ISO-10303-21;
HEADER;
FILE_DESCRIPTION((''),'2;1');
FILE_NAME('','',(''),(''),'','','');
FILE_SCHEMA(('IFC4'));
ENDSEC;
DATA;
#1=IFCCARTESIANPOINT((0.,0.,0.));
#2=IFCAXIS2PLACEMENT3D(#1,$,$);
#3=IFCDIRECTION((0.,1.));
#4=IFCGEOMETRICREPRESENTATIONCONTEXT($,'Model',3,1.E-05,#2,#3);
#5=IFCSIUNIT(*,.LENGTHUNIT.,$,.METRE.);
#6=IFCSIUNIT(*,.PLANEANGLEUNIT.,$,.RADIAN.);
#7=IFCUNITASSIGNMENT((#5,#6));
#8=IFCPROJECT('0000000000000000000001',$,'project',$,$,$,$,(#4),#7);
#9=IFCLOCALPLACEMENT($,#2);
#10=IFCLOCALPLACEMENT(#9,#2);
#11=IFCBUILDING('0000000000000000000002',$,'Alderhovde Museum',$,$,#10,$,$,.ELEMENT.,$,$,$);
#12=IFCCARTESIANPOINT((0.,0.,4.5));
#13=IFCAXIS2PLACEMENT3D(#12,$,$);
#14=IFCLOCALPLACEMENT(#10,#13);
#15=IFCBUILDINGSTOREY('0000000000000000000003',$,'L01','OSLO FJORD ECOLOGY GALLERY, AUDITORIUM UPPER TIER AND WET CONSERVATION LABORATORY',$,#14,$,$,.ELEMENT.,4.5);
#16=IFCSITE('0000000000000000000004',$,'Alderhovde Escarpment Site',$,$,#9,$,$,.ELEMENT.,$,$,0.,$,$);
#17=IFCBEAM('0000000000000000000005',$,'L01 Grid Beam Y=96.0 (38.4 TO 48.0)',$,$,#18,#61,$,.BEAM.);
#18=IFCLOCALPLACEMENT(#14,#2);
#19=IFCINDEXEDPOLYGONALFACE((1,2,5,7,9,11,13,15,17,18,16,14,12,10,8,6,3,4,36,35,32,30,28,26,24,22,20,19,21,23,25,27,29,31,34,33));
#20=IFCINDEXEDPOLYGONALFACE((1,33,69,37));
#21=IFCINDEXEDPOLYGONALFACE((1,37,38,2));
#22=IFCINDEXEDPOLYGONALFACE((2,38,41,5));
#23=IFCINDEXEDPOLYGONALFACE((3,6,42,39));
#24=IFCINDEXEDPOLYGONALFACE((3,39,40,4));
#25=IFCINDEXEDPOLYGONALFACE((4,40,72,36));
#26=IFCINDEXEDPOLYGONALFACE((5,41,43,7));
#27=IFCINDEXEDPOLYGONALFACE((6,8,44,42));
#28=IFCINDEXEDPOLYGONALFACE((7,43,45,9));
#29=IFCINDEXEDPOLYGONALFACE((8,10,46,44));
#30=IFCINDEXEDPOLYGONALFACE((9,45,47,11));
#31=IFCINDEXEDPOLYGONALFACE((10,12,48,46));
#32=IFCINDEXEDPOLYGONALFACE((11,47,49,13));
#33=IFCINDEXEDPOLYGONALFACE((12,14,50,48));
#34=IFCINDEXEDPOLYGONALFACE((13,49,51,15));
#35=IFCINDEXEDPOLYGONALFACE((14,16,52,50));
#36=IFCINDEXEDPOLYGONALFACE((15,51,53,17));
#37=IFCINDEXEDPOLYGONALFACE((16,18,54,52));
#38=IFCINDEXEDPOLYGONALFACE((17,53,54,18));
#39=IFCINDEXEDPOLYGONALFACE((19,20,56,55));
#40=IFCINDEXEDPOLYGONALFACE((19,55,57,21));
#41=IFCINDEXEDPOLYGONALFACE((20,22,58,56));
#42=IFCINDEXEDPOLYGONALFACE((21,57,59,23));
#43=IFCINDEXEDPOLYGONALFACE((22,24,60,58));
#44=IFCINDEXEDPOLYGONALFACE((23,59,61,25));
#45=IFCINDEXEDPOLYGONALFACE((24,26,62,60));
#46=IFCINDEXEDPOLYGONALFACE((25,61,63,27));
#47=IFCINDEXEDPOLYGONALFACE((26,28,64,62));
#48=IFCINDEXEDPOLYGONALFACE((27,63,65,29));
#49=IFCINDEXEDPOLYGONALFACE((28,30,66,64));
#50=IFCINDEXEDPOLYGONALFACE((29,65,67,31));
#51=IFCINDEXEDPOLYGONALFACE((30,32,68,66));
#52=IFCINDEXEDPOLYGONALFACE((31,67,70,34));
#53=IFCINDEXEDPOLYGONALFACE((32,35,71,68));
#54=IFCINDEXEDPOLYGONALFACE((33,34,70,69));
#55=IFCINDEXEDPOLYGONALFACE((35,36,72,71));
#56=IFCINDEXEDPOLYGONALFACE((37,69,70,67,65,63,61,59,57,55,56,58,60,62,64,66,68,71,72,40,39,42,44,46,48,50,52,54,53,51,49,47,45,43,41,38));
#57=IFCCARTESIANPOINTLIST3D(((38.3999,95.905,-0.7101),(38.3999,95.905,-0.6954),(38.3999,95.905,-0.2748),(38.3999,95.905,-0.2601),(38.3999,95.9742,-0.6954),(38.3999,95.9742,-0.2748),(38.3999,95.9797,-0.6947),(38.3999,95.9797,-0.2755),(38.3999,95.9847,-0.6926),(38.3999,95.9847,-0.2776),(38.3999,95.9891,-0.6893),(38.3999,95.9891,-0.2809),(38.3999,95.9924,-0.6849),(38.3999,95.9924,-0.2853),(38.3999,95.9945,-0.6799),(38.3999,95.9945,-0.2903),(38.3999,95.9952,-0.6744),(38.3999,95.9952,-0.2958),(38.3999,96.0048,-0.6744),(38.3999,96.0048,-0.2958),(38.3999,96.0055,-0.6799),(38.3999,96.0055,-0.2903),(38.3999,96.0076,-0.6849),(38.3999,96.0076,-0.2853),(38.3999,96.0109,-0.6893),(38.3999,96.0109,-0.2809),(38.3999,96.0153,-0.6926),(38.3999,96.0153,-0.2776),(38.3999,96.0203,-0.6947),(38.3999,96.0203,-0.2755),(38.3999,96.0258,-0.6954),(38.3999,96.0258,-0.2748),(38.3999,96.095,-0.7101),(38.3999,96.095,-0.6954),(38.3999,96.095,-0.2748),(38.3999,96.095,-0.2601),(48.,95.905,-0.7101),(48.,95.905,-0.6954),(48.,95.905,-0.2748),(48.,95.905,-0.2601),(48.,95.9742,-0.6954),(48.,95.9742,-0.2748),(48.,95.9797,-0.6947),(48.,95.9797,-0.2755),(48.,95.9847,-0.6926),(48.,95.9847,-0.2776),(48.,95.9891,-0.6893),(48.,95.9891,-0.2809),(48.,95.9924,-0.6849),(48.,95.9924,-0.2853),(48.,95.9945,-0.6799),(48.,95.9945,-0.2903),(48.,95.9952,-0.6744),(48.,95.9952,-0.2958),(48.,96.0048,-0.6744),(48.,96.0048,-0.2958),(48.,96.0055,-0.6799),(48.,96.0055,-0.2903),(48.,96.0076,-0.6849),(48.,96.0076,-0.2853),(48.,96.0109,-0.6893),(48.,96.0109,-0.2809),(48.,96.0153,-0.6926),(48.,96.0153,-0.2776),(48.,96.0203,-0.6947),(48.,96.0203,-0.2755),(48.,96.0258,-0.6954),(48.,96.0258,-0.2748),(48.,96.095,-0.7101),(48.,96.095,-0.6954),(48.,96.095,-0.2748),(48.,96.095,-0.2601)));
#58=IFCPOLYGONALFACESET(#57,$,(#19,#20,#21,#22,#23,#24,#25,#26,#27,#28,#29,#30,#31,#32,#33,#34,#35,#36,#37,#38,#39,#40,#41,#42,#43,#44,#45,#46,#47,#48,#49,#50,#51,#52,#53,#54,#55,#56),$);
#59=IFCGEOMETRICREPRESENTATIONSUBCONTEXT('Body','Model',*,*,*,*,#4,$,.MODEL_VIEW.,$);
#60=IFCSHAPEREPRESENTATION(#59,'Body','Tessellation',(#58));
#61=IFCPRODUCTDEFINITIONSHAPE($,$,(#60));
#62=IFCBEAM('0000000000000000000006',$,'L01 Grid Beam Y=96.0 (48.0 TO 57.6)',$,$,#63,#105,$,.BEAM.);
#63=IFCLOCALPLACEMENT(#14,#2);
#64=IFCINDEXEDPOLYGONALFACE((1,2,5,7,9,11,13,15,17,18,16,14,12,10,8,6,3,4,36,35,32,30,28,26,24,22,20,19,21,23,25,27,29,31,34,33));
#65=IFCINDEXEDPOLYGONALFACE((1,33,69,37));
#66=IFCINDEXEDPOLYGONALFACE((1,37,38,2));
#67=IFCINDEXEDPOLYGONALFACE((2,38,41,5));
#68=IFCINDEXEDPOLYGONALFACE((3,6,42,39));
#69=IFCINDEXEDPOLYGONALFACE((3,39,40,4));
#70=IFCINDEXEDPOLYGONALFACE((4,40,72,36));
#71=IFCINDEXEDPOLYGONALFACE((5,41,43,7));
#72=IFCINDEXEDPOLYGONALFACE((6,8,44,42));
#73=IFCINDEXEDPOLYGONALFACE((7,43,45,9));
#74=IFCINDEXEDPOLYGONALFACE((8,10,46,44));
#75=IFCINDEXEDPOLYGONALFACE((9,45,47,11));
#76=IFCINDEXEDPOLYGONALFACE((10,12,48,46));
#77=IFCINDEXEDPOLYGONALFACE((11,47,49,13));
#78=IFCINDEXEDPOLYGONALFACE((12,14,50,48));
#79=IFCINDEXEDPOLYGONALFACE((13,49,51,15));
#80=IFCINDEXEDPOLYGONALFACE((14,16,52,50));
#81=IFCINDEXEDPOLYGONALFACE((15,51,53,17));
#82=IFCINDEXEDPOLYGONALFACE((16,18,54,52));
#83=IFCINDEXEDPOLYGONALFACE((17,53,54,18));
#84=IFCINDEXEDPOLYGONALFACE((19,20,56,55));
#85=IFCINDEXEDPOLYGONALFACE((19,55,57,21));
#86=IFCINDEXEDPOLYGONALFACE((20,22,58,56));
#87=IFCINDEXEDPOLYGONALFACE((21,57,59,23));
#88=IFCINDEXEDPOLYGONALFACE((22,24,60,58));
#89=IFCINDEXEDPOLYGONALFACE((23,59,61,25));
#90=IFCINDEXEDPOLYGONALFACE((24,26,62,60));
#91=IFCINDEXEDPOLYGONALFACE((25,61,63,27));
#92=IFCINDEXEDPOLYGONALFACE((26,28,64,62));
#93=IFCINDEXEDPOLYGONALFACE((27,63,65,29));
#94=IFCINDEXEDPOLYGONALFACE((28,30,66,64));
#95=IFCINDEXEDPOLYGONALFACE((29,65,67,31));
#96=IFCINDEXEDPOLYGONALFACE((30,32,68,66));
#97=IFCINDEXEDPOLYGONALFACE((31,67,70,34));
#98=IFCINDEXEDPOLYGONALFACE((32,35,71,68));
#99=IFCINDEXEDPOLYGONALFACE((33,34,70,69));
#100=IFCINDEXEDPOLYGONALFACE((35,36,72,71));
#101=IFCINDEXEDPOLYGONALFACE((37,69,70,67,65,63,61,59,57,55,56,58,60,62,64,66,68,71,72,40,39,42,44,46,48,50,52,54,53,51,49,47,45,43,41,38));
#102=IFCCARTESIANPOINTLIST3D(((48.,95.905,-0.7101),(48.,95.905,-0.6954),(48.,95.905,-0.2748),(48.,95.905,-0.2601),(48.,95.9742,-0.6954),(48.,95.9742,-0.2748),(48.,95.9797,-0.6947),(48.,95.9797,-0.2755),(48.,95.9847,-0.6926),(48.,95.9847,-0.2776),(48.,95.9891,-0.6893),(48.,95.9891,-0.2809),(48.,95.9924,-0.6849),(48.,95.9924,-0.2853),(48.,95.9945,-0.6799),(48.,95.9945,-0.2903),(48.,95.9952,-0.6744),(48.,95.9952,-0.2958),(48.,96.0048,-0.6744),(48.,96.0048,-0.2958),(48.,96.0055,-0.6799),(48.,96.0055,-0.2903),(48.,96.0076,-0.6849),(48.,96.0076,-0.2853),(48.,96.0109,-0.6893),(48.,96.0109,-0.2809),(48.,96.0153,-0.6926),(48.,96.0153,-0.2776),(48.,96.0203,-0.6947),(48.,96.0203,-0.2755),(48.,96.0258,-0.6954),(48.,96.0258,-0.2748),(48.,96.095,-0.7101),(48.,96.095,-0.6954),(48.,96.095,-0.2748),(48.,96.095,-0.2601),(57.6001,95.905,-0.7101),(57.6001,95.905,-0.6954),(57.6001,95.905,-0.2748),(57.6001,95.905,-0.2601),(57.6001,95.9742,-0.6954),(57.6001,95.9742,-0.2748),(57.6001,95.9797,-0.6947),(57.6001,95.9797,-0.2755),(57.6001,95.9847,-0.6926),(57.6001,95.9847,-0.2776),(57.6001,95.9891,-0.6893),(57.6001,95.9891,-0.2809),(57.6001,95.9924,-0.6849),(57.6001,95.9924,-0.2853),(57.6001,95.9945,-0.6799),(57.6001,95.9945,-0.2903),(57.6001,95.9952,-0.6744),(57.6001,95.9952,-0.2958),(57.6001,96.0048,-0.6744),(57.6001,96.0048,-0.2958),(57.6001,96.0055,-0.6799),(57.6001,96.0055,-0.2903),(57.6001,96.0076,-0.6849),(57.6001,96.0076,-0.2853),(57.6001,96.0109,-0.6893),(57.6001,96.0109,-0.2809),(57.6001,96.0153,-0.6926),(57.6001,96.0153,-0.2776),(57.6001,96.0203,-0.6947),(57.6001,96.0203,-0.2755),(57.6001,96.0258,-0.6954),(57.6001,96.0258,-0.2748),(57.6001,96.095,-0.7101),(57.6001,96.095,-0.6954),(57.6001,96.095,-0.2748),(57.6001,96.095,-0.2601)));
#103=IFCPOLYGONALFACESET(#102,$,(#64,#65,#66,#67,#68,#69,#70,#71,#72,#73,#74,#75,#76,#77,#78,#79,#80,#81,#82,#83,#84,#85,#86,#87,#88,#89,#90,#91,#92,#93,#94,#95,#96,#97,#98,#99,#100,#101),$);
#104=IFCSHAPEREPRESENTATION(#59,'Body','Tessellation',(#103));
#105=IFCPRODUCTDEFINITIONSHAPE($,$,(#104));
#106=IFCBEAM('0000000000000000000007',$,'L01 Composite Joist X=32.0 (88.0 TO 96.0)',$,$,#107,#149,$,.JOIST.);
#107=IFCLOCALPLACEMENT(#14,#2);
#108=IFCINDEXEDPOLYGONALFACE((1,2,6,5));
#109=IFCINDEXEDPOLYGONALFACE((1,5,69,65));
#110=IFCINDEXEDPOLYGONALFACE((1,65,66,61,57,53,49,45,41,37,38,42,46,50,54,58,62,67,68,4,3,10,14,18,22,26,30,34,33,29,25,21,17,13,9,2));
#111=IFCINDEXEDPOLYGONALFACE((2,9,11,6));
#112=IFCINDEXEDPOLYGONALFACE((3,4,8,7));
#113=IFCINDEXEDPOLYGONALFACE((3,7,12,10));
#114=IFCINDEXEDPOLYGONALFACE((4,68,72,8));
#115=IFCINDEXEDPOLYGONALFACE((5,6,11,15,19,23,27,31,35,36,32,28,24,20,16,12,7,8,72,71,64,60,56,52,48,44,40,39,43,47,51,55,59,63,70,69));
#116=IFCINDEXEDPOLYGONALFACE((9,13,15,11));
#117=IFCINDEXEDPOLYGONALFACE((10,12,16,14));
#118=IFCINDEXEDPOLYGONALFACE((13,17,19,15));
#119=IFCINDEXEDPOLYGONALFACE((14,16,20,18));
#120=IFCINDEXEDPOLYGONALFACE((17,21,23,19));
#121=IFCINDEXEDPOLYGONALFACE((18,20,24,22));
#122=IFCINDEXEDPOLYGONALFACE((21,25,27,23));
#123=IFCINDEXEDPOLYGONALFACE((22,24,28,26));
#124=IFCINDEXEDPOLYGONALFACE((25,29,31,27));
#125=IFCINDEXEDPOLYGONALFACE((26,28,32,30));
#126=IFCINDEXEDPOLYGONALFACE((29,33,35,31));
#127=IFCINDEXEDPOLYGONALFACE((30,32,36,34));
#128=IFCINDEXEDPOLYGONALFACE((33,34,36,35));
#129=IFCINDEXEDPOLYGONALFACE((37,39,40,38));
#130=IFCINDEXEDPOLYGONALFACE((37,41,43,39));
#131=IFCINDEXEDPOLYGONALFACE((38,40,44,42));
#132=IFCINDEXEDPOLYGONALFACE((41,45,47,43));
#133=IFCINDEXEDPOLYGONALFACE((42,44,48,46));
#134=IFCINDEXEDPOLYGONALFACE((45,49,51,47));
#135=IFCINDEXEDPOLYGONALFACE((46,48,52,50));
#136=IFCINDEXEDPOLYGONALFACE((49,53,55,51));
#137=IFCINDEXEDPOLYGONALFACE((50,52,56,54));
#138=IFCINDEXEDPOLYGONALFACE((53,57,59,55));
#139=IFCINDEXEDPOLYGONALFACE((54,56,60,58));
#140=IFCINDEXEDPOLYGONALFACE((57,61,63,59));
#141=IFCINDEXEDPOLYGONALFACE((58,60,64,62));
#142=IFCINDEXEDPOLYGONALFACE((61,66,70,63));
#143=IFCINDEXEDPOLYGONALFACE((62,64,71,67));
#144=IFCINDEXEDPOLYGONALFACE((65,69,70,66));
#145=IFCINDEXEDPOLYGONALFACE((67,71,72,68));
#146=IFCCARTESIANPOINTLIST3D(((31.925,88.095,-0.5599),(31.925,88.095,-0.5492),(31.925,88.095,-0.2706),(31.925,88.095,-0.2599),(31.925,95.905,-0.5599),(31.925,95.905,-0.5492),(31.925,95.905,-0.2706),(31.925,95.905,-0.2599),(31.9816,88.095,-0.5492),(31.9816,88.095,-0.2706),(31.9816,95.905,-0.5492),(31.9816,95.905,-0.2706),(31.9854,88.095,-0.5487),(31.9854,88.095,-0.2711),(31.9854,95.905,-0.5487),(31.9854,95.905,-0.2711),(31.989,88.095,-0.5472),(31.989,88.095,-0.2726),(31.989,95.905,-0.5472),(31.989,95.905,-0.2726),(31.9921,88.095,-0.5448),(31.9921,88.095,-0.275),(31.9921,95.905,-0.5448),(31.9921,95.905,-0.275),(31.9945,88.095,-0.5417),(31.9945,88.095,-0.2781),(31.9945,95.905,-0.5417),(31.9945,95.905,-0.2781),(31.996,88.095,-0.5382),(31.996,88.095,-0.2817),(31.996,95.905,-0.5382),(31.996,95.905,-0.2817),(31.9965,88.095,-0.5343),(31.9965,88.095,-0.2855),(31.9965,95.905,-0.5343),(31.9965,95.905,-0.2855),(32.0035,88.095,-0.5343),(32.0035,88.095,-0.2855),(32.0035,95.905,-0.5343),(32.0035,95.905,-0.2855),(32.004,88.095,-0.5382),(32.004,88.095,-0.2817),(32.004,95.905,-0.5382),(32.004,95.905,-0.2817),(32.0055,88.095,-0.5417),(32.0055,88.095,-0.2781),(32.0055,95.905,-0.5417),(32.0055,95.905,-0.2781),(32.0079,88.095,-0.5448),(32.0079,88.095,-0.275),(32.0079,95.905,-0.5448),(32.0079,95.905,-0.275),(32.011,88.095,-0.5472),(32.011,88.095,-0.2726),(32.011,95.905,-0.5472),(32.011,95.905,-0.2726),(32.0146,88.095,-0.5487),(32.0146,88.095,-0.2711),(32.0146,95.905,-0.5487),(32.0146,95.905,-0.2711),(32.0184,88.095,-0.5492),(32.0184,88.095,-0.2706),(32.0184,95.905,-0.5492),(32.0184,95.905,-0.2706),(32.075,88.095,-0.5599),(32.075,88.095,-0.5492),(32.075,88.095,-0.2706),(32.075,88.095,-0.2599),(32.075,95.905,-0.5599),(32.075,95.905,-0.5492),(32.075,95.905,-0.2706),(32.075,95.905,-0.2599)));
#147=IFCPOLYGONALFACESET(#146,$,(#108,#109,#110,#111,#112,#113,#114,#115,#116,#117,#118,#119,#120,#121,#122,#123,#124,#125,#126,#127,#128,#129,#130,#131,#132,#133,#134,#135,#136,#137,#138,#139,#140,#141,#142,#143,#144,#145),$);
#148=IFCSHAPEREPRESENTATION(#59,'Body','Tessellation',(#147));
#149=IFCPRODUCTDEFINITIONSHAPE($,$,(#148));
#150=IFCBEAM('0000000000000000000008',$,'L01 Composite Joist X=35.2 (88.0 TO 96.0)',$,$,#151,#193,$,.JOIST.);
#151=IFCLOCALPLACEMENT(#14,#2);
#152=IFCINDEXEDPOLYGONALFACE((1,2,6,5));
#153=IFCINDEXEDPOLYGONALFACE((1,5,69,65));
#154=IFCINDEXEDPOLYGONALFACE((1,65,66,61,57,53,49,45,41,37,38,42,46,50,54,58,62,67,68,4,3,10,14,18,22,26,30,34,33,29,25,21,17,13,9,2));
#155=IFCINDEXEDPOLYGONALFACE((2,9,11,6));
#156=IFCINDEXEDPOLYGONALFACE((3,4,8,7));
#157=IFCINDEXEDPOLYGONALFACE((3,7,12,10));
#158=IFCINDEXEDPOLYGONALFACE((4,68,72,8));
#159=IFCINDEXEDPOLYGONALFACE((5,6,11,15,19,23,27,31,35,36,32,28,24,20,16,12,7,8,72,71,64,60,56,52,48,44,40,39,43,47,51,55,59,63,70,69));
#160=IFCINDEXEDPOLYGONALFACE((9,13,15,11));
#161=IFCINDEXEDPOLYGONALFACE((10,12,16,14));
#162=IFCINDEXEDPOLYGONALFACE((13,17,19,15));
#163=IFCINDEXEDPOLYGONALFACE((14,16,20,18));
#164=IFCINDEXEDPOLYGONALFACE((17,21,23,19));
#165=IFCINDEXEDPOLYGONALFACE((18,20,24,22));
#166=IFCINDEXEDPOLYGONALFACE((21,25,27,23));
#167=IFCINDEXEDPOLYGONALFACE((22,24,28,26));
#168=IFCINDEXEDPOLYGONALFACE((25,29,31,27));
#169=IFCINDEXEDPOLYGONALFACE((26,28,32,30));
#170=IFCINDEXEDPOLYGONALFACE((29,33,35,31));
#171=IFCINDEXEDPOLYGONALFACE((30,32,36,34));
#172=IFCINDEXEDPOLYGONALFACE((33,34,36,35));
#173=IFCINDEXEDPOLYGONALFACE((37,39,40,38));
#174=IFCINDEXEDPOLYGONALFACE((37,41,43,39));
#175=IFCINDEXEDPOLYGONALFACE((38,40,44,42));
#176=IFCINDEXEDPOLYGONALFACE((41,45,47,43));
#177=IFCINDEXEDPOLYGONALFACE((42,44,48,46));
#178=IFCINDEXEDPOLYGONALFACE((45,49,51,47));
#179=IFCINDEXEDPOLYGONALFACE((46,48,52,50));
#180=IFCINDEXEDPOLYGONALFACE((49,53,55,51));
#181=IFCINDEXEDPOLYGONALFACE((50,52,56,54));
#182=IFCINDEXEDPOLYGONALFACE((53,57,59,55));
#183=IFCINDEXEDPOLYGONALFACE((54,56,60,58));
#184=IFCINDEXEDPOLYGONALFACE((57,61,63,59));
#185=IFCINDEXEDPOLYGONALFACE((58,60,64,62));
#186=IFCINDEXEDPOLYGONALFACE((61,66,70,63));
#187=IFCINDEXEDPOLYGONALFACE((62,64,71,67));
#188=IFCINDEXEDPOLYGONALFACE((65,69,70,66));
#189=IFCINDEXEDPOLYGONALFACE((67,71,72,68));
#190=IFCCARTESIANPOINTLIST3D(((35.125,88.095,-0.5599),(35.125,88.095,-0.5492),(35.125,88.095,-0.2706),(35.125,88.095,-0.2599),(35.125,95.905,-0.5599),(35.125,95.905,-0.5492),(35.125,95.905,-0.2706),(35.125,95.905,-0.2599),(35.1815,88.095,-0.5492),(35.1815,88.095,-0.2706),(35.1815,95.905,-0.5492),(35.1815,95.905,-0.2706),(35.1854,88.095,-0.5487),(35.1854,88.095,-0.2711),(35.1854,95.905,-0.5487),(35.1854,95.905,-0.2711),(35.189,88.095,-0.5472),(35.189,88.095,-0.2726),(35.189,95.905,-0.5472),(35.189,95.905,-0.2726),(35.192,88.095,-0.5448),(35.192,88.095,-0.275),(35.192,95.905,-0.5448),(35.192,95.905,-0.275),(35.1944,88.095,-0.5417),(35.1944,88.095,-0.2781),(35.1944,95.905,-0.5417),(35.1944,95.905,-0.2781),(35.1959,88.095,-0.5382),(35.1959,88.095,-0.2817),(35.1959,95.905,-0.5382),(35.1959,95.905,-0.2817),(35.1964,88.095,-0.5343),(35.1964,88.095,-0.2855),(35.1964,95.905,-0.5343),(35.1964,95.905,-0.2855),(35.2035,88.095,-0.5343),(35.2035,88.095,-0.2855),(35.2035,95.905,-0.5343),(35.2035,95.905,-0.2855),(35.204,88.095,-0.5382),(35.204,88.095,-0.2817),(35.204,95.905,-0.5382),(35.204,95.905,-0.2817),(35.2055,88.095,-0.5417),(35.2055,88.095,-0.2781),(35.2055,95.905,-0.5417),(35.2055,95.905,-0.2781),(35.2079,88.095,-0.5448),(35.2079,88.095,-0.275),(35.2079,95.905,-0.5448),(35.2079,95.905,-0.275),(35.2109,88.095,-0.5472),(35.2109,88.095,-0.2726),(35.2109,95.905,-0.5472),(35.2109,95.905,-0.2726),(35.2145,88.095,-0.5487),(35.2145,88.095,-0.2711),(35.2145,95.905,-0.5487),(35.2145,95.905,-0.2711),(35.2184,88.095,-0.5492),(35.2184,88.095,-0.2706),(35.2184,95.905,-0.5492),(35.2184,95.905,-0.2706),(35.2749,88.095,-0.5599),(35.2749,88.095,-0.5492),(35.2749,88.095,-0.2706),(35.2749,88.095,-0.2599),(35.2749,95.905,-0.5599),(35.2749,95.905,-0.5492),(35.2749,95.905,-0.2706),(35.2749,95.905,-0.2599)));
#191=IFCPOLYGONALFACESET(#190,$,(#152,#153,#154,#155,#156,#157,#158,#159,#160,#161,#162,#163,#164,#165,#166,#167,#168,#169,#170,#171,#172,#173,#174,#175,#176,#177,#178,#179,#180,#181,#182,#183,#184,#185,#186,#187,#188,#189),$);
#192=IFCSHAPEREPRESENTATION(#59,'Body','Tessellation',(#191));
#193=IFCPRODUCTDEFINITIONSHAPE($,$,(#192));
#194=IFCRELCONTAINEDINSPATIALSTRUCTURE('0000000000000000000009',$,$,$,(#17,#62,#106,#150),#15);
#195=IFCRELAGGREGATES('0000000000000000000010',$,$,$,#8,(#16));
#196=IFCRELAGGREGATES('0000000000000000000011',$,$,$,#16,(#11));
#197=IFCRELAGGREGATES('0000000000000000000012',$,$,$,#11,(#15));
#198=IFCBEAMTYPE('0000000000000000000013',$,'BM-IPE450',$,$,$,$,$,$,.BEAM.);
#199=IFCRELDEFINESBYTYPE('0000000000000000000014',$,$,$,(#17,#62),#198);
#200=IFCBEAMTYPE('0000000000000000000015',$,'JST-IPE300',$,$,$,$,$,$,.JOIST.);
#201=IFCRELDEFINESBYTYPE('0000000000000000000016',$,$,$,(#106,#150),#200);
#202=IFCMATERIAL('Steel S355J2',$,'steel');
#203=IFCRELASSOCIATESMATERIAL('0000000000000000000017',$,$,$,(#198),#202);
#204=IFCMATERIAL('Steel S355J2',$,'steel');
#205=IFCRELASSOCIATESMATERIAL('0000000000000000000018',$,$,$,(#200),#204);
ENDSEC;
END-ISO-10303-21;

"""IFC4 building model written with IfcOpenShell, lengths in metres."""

from ifc_helpers import new_model, si_unit, direction, frame, origin, origin_2d, place, context, subcontext, project, spatial, i_section, extrude, material, material_profile, profile_set, type_object, element, save


model = new_model("IFC4")

# Units and contexts
model_context = context("Model", 3, precision=1e-05, world=origin(), true_north=direction((0.0, 1.0)))
body_context = subcontext(model_context, "Body", "Model", "MODEL_VIEW")
ifc_project = project(units=[si_unit("LENGTHUNIT", "METRE"), si_unit("PLANEANGLEUNIT", "RADIAN")], contexts=[model_context])

# Site, building, storey
site_placement = place(None, origin())
site = spatial("IfcSite", under=ifc_project, at=site_placement, Name="Alderhovde Escarpment Site", CompositionType="ELEMENT", RefElevation=0.0)
building_placement = place(site_placement, origin())
building = spatial("IfcBuilding", under=site, at=building_placement, Name="Alderhovde Museum", CompositionType="ELEMENT")
storey_placement = place(building_placement, frame((0.0, 0.0, 4.5)))
storey = spatial("IfcBuildingStorey", under=building, at=storey_placement, Name="L01", Description="OSLO FJORD ECOLOGY GALLERY, AUDITORIUM UPPER TIER AND WET CONSERVATION LABORATORY", CompositionType="ELEMENT", Elevation=4.5)

# Beams
ifc_material_1 = material(Name="Steel S355J2", Category="steel")
ifc_material_profile_1 = material_profile(ifc_material_1, i_section(OverallWidth=0.1899, OverallDepth=0.45, WebThickness=0.0095, FlangeThickness=0.0146, FilletRadius=0.021, at=origin_2d()), Name="IPE 450")
ifc_profile_set_1 = profile_set([ifc_material_profile_1], Name="Steel S355J2")
beam_type_1 = type_object("IfcBeamType", Name="BM-IPE450", PredefinedType="BEAM", material=ifc_profile_set_1)
for number, where, z_axis, x_axis, name in (
    (1, (38.3999, 96.0, -0.4851), (1.0, 0.0, 0.0), (0.0, 1.0, 0.0), "L01 Grid Beam Y=96.0 (38.4 TO 48.0)"),
    (2, (48.0, 96.0, -0.4851), (1.0, 0.0, 0.0), (0.0, 1.0, 0.0), "L01 Grid Beam Y=96.0 (48.0 TO 57.6)"),
):
    element("IfcBeam", number, at=place(storey_placement, frame(where, z_axis=z_axis, x_axis=x_axis)), inside=storey, type_object=beam_type_1, Name=name, PredefinedType="BEAM", context=body_context, shape_type="SweptSolid", body=[
        extrude(i_section(OverallWidth=0.1899, OverallDepth=0.45, WebThickness=0.0095, FlangeThickness=0.0146, FilletRadius=0.021, at=origin_2d()), origin(), (0.0, 0.0, 1.0), 9.6001),
    ])
ifc_material_2 = material(Name="Steel S355J2", Category="steel")
ifc_material_profile_2 = material_profile(ifc_material_2, i_section(OverallWidth=0.1499, OverallDepth=0.3, WebThickness=0.0071, FlangeThickness=0.0107, FilletRadius=0.0149, at=origin_2d()), Name="IPE 300")
ifc_profile_set_2 = profile_set([ifc_material_profile_2], Name="Steel S355J2")
beam_type_2 = type_object("IfcBeamType", Name="JST-IPE300", PredefinedType="JOIST", material=ifc_profile_set_2)
for number, where, z_axis, x_axis, name in (
    (3, (32.0, 88.095, -0.4099), (0.0, 1.0, 0.0), (-1.0, 0.0, 0.0), "L01 Composite Joist X=32.0 (88.0 TO 96.0)"),
    (4, (35.2, 88.095, -0.4099), (0.0, 1.0, 0.0), (-1.0, 0.0, 0.0), "L01 Composite Joist X=35.2 (88.0 TO 96.0)"),
):
    element("IfcBeam", number, at=place(storey_placement, frame(where, z_axis=z_axis, x_axis=x_axis)), inside=storey, type_object=beam_type_2, Name=name, PredefinedType="JOIST", context=body_context, shape_type="SweptSolid", body=[
        extrude(i_section(OverallWidth=0.1499, OverallDepth=0.3, WebThickness=0.0071, FlangeThickness=0.0107, FilletRadius=0.0149, at=origin_2d()), origin(), (0.0, 0.0, 1.0), 7.8101),
    ])

save(model, "model.ifc")
